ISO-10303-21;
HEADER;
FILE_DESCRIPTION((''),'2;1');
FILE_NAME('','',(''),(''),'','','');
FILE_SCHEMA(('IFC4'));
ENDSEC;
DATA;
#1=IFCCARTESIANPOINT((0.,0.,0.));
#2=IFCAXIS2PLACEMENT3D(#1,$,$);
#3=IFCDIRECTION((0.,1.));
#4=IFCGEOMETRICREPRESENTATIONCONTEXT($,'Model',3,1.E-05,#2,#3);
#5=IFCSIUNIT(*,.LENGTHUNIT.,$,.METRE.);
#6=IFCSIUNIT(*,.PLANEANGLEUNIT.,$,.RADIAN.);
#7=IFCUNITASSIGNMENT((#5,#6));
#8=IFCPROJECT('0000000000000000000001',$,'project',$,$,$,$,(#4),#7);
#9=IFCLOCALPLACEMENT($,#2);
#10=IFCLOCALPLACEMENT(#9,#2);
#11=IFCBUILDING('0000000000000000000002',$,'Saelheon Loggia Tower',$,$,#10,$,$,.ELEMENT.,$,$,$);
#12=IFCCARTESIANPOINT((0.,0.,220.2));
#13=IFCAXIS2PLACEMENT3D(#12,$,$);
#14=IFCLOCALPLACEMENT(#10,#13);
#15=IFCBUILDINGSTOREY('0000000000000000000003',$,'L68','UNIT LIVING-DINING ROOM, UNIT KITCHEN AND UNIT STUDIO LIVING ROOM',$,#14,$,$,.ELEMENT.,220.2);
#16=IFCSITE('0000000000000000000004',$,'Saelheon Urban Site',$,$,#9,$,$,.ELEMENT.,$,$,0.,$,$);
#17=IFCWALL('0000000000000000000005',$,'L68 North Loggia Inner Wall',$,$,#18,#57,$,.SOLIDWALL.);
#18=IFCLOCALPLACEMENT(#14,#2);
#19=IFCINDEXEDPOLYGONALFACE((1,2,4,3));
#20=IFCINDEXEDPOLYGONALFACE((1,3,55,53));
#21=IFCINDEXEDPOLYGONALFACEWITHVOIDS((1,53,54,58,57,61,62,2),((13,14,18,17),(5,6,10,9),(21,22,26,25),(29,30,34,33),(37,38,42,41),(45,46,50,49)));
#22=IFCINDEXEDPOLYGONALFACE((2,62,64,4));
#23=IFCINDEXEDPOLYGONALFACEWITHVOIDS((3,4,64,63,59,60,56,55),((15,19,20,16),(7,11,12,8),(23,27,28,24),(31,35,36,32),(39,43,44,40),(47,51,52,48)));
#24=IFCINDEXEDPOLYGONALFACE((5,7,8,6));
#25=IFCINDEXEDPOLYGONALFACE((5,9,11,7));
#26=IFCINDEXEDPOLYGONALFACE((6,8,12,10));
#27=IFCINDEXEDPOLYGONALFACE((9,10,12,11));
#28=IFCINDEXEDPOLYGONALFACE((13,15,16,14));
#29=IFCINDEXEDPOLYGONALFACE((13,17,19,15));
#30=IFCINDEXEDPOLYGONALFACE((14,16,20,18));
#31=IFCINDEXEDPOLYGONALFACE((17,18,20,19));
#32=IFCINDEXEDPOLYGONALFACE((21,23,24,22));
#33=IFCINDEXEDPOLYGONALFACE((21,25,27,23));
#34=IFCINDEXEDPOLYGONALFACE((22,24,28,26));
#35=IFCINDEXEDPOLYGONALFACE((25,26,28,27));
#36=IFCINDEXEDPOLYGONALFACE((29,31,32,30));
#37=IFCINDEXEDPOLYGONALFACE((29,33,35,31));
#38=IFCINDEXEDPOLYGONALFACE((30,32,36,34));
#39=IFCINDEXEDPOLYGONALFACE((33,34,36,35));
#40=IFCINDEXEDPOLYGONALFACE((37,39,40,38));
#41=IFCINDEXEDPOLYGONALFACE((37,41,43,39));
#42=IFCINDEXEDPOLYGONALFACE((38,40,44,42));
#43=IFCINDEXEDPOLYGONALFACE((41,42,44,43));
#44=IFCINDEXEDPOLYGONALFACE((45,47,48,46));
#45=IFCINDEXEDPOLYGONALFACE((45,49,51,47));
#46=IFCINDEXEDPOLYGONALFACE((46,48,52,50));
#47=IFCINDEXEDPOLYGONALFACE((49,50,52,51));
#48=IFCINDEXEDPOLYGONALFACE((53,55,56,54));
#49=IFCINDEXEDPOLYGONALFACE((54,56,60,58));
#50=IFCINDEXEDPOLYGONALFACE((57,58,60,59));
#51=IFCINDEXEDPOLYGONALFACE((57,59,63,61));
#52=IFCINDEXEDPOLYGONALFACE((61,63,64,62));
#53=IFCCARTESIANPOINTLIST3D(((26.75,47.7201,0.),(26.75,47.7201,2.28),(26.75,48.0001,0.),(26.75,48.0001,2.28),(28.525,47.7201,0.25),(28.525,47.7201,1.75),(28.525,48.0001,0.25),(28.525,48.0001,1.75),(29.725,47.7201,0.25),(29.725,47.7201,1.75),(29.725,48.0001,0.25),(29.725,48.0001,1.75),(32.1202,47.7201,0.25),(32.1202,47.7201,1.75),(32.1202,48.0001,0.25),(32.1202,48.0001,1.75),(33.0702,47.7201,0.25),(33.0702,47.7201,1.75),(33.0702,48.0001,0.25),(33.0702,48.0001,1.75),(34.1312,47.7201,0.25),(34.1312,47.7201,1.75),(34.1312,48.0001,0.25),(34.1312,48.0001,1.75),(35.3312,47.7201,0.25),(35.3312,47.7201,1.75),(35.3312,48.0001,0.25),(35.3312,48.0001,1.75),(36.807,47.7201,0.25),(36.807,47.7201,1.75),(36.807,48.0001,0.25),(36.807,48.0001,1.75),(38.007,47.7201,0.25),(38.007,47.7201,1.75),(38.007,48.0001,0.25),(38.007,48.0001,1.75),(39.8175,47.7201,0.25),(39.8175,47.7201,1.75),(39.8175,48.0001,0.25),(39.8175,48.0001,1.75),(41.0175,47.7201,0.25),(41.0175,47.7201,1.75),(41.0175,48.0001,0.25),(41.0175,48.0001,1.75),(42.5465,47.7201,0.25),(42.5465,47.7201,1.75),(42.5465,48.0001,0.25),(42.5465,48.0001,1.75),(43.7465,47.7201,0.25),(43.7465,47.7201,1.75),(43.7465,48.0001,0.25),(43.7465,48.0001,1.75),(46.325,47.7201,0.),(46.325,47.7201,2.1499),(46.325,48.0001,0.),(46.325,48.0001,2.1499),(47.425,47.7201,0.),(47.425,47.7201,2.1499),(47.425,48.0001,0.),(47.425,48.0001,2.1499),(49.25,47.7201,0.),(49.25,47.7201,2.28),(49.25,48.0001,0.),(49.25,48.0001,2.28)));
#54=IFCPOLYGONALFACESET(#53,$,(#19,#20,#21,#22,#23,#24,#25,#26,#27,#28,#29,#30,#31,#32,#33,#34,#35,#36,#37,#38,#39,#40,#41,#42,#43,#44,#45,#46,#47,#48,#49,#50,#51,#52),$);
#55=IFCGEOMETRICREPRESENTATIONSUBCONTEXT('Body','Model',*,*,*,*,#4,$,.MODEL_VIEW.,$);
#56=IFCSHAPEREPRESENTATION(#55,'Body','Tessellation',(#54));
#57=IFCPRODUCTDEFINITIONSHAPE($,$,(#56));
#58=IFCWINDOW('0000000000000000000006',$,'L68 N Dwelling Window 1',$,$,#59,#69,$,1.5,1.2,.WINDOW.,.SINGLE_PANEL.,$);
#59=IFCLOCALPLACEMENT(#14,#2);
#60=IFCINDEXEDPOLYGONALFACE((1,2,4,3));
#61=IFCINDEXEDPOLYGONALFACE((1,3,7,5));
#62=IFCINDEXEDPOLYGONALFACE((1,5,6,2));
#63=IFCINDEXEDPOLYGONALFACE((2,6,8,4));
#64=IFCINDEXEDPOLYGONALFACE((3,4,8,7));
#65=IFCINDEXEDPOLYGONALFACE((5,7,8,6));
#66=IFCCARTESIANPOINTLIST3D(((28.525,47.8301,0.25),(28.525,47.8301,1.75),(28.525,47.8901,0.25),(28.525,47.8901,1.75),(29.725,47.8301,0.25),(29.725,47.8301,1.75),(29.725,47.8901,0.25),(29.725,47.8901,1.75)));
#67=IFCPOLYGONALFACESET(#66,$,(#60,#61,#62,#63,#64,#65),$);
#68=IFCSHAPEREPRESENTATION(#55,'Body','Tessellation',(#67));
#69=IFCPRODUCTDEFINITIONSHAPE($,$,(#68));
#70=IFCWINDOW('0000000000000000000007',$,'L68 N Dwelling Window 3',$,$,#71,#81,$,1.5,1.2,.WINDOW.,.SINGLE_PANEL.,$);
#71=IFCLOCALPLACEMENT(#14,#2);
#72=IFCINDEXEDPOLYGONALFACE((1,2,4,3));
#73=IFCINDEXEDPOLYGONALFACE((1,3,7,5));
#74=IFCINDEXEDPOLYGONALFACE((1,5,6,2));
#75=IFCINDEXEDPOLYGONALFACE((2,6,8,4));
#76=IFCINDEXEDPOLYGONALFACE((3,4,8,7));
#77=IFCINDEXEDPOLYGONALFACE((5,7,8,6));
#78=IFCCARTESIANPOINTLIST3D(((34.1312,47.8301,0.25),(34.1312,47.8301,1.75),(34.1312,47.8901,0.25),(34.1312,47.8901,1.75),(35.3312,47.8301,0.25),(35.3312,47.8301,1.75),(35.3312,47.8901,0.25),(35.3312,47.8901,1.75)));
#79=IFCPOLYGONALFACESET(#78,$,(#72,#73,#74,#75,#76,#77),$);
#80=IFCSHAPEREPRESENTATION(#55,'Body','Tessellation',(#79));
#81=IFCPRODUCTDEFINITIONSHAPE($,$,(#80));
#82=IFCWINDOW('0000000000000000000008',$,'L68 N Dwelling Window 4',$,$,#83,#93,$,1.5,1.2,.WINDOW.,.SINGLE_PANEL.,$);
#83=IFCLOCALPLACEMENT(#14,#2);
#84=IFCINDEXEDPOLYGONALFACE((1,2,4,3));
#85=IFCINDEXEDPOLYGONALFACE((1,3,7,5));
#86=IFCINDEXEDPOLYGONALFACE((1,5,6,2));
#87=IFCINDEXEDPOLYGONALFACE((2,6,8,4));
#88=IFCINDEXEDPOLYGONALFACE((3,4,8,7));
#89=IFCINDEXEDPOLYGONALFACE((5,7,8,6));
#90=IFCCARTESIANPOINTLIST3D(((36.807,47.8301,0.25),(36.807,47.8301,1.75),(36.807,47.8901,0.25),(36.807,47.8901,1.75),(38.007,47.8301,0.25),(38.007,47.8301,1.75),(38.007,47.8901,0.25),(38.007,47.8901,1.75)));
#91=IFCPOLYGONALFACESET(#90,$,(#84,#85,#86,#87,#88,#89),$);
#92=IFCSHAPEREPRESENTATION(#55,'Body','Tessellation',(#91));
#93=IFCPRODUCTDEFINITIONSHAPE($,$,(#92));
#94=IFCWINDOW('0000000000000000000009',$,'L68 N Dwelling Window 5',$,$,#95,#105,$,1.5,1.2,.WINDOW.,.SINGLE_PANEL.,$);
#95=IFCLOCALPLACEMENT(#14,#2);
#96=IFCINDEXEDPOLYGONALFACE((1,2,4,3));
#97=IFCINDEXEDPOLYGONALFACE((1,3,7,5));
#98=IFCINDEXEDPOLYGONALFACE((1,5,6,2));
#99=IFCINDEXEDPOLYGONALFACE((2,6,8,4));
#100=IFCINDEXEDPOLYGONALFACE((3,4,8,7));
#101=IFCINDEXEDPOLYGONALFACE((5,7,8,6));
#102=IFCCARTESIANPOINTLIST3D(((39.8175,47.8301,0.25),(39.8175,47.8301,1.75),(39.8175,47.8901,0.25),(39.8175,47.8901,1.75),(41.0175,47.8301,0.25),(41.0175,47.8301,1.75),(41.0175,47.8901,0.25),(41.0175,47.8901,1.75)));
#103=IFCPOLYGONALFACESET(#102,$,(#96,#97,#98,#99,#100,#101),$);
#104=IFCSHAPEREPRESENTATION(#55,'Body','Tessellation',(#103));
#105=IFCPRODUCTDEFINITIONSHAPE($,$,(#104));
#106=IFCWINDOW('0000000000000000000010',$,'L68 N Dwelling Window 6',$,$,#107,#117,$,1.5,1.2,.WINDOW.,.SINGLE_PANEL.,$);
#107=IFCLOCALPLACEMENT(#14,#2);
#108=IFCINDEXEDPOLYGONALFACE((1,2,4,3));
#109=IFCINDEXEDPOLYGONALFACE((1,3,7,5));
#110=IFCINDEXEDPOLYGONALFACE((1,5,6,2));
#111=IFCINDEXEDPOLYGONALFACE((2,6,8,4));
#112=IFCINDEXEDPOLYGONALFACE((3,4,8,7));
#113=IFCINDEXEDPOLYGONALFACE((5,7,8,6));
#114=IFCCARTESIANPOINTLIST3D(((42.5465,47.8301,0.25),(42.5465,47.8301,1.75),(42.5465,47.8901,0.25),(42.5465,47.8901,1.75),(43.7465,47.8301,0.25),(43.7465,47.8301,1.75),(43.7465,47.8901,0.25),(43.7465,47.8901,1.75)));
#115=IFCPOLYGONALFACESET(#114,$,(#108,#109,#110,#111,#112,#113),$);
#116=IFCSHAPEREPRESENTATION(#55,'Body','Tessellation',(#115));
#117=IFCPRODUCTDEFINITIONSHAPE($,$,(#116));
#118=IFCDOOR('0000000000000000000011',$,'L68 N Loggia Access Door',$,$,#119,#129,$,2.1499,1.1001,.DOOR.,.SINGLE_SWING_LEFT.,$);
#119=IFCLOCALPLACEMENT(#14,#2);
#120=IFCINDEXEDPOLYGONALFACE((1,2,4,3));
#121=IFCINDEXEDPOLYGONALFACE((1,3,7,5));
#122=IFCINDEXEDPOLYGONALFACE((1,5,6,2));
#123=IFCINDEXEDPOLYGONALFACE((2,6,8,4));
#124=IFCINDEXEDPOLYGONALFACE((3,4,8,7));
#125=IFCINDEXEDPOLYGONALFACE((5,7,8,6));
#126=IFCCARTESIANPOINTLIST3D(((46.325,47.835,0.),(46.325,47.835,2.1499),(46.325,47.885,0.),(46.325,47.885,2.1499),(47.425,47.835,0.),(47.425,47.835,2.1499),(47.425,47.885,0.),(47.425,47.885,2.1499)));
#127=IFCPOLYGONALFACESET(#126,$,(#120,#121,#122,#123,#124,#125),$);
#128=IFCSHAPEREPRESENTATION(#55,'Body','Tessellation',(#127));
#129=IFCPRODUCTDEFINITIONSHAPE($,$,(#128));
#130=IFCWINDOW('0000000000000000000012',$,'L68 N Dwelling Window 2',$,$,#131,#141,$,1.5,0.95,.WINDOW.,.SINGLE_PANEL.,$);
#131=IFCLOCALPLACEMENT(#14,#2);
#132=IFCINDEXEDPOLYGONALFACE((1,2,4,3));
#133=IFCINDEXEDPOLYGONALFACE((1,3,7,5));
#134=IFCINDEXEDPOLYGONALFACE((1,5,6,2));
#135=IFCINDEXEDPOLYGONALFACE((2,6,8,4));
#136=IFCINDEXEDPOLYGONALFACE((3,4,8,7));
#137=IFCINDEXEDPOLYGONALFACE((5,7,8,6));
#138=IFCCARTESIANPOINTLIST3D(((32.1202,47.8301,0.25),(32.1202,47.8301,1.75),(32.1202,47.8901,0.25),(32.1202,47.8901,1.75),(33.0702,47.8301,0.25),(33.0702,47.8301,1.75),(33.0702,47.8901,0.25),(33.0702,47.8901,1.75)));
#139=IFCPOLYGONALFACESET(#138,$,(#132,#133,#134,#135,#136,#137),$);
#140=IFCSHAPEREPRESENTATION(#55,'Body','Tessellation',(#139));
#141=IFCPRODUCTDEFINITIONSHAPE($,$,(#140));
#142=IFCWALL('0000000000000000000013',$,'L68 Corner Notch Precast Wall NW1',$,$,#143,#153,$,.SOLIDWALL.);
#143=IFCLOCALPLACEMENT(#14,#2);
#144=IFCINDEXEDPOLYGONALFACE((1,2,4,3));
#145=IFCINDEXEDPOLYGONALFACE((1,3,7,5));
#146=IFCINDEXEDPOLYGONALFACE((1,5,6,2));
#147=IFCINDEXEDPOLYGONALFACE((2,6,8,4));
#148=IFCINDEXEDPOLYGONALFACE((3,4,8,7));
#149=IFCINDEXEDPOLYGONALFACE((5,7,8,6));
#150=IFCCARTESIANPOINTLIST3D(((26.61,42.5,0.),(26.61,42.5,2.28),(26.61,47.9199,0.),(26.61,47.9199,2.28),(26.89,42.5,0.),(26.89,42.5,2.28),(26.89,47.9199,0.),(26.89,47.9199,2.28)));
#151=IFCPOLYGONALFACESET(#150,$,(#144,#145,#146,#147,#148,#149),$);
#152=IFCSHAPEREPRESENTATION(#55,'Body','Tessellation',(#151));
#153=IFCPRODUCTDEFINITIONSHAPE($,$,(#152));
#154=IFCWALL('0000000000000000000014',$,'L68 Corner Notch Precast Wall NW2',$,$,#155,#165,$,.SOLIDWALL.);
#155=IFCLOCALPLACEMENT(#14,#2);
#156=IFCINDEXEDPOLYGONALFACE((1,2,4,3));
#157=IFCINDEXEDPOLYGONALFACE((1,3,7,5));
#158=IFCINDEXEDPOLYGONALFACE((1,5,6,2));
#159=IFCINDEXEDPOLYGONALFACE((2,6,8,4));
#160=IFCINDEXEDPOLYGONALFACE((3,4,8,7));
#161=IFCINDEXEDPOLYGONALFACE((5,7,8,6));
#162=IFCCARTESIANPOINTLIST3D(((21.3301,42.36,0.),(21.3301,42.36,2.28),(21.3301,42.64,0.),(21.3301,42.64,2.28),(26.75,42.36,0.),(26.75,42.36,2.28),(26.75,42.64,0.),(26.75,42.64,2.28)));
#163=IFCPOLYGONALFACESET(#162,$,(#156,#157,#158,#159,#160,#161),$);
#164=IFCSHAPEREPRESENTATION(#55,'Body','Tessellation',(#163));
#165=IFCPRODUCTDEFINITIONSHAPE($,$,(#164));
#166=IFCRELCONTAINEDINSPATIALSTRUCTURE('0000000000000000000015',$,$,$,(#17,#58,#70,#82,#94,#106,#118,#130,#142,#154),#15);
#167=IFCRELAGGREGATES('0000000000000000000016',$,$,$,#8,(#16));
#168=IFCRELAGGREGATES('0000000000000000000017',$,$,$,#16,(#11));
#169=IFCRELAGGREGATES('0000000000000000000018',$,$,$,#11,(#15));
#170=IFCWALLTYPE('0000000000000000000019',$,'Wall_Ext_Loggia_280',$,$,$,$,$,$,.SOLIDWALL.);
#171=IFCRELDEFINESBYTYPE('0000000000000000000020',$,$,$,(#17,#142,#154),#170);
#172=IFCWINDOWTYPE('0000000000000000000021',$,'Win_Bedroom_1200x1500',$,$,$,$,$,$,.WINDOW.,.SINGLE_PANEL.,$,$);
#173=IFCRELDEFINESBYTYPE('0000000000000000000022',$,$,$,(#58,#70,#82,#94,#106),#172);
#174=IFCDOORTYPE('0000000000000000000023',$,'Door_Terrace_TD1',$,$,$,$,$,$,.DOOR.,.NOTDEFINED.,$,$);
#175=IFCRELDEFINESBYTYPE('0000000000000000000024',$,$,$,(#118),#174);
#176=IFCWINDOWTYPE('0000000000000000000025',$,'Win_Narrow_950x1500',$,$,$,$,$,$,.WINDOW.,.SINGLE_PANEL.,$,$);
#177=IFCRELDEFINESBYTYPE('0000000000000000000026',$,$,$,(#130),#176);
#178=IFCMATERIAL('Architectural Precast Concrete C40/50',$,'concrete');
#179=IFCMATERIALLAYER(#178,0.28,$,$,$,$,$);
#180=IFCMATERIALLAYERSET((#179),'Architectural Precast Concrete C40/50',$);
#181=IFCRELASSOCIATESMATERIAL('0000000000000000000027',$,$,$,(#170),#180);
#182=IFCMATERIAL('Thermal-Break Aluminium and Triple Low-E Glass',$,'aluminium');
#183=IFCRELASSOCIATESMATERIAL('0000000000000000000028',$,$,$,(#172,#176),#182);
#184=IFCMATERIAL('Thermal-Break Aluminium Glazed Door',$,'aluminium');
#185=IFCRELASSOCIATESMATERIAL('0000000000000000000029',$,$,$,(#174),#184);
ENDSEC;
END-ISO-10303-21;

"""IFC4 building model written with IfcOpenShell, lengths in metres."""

from ifc_helpers import new_model, si_unit, direction, frame, frame_2d, origin, place, context, subcontext, project, spatial, rectangle, extrude, source, transform, mapped, material, layer, layer_set, type_object, element, fill, save


model = new_model("IFC4")

# Units and contexts
model_context = context("Model", 3, precision=1e-05, world=origin(), true_north=direction((0.0, 1.0)))
body_context = subcontext(model_context, "Body", "Model", "MODEL_VIEW")
ifc_project = project(units=[si_unit("LENGTHUNIT", "METRE"), si_unit("PLANEANGLEUNIT", "RADIAN")], contexts=[model_context])

# Site, building, storey
site_placement = place(None, origin())
site = spatial("IfcSite", under=ifc_project, at=site_placement, Name="Saelheon Urban Site", CompositionType="ELEMENT", RefElevation=0.0)
building_placement = place(site_placement, origin())
building = spatial("IfcBuilding", under=site, at=building_placement, Name="Saelheon Loggia Tower", CompositionType="ELEMENT")
storey_placement = place(building_placement, frame((0.0, 0.0, 220.2)))
storey = spatial("IfcBuildingStorey", under=building, at=storey_placement, Name="L68", Description="UNIT LIVING-DINING ROOM, UNIT KITCHEN AND UNIT STUDIO LIVING ROOM", CompositionType="ELEMENT", Elevation=220.2)

# Wall, openings, windows, door
ifc_material_1 = material(Name="Architectural Precast Concrete C40/50", Category="concrete")
ifc_layer_1 = layer(ifc_material_1, 0.28)
ifc_layer_set_1 = layer_set([ifc_layer_1], Name="Architectural Precast Concrete C40/50")
wall_type_1 = type_object("IfcWallType", Name="Wall_Ext_Loggia_280", PredefinedType="SOLIDWALL", material=ifc_layer_set_1)
wall_1_placement = place(storey_placement, frame((26.75, 47.8601, 0.0), z_axis=(0.0, 0.0, 1.0), x_axis=(1.0, 0.0, 0.0)))
wall_1 = element("IfcWall", 1, at=wall_1_placement, inside=storey, type_object=wall_type_1, Name="L68 North Loggia Inner Wall", PredefinedType="SOLIDWALL", context=body_context, shape_type="SweptSolid", body=[
    extrude(rectangle(XDim=22.5, YDim=0.28, at=frame_2d((11.25, 0.0))), origin(), (0.0, 0.0, 1.0), 2.28),
])
opening_1_placement = place(wall_1_placement, frame((1.7749, 0.0, 0.25)))
opening_1 = element("IfcOpeningElement", 2, at=opening_1_placement, cuts=wall_1, PredefinedType="OPENING", context=body_context, shape_type="SweptSolid", body=[
    extrude(rectangle(XDim=1.2, YDim=1.5, at=frame_2d((0.6001, 0.75))), frame((0.0, 0.1521, 0.0), z_axis=(0.0, -1.0, 0.0), x_axis=(1.0, 0.0, 0.0)), (0.0, 0.0, 1.0), 0.304),
])
opening_2_placement = place(wall_1_placement, frame((5.3701, 0.0, 0.25)))
opening_2 = element("IfcOpeningElement", 3, at=opening_2_placement, cuts=wall_1, PredefinedType="OPENING", context=body_context, shape_type="SweptSolid", body=[
    extrude(rectangle(XDim=0.95, YDim=1.5, at=frame_2d((0.4751, 0.75))), frame((0.0, 0.1521, 0.0), z_axis=(0.0, -1.0, 0.0), x_axis=(1.0, 0.0, 0.0)), (0.0, 0.0, 1.0), 0.304),
])
opening_3_placement = place(wall_1_placement, frame((7.3811, 0.0, 0.25)))
opening_3 = element("IfcOpeningElement", 4, at=opening_3_placement, cuts=wall_1, PredefinedType="OPENING", context=body_context, shape_type="SweptSolid", body=[
    extrude(rectangle(XDim=1.2, YDim=1.5, at=frame_2d((0.6001, 0.75))), frame((0.0, 0.1521, 0.0), z_axis=(0.0, -1.0, 0.0), x_axis=(1.0, 0.0, 0.0)), (0.0, 0.0, 1.0), 0.304),
])
opening_4_placement = place(wall_1_placement, frame((10.0569, 0.0, 0.25)))
opening_4 = element("IfcOpeningElement", 5, at=opening_4_placement, cuts=wall_1, PredefinedType="OPENING", context=body_context, shape_type="SweptSolid", body=[
    extrude(rectangle(XDim=1.2, YDim=1.5, at=frame_2d((0.6001, 0.75))), frame((0.0, 0.1521, 0.0), z_axis=(0.0, -1.0, 0.0), x_axis=(1.0, 0.0, 0.0)), (0.0, 0.0, 1.0), 0.304),
])
opening_5_placement = place(wall_1_placement, frame((13.0674, 0.0, 0.25)))
opening_5 = element("IfcOpeningElement", 6, at=opening_5_placement, cuts=wall_1, PredefinedType="OPENING", context=body_context, shape_type="SweptSolid", body=[
    extrude(rectangle(XDim=1.2, YDim=1.5, at=frame_2d((0.6001, 0.75))), frame((0.0, 0.1521, 0.0), z_axis=(0.0, -1.0, 0.0), x_axis=(1.0, 0.0, 0.0)), (0.0, 0.0, 1.0), 0.304),
])
opening_6_placement = place(wall_1_placement, frame((15.7964, 0.0, 0.25)))
opening_6 = element("IfcOpeningElement", 7, at=opening_6_placement, cuts=wall_1, PredefinedType="OPENING", context=body_context, shape_type="SweptSolid", body=[
    extrude(rectangle(XDim=1.2, YDim=1.5, at=frame_2d((0.6001, 0.75))), frame((0.0, 0.1521, 0.0), z_axis=(0.0, -1.0, 0.0), x_axis=(1.0, 0.0, 0.0)), (0.0, 0.0, 1.0), 0.304),
])
opening_7_placement = place(wall_1_placement, frame((19.575, 0.0, 0.0)))
opening_7 = element("IfcOpeningElement", 8, at=opening_7_placement, cuts=wall_1, PredefinedType="OPENING", context=body_context, shape_type="SweptSolid", body=[
    extrude(rectangle(XDim=1.1001, YDim=2.1499, at=frame_2d((0.55, 1.075))), frame((0.0, 0.1521, 0.0), z_axis=(0.0, -1.0, 0.0), x_axis=(1.0, 0.0, 0.0)), (0.0, 0.0, 1.0), 0.304),
])
ifc_material_2 = material(Name="Thermal-Break Aluminium and Triple Low-E Glass", Category="aluminium")
window_type_1 = type_object("IfcWindowType", Name="Win_Bedroom_1200x1500", PartitioningType="SINGLE_PANEL", PredefinedType="WINDOW", material=ifc_material_2)
shared_shape_1 = source(origin(), body_context, "Body", "SweptSolid", [
    extrude(rectangle(XDim=1.2, YDim=1.5, at=frame_2d((0.6001, 0.75))), frame((0.0, 0.03, 0.0), z_axis=(0.0, -1.0, 0.0), x_axis=(1.0, 0.0, 0.0)), (0.0, 0.0, 1.0), 0.0601),
])
window_1_placement = place(opening_1_placement, origin())
window_1 = element("IfcWindow", 9, at=window_1_placement, inside=storey, type_object=window_type_1, Name="L68 N Dwelling Window 1", OverallHeight=1.5, OverallWidth=1.2, PartitioningType="SINGLE_PANEL", PredefinedType="WINDOW", context=body_context, shape_type="MappedRepresentation", body=[
    mapped(shared_shape_1, transform((0.0, 0.0, 0.0), scale=1.0)),
])
fill(opening_1, window_1)
window_2_placement = place(opening_3_placement, origin())
window_2 = element("IfcWindow", 10, at=window_2_placement, inside=storey, type_object=window_type_1, Name="L68 N Dwelling Window 3", OverallHeight=1.5, OverallWidth=1.2, PartitioningType="SINGLE_PANEL", PredefinedType="WINDOW", context=body_context, shape_type="MappedRepresentation", body=[
    mapped(shared_shape_1, transform((0.0, 0.0, 0.0), scale=1.0)),
])
fill(opening_3, window_2)
window_3_placement = place(opening_4_placement, origin())
window_3 = element("IfcWindow", 11, at=window_3_placement, inside=storey, type_object=window_type_1, Name="L68 N Dwelling Window 4", OverallHeight=1.5, OverallWidth=1.2, PartitioningType="SINGLE_PANEL", PredefinedType="WINDOW", context=body_context, shape_type="MappedRepresentation", body=[
    mapped(shared_shape_1, transform((0.0, 0.0, 0.0), scale=1.0)),
])
fill(opening_4, window_3)
window_4_placement = place(opening_5_placement, origin())
window_4 = element("IfcWindow", 12, at=window_4_placement, inside=storey, type_object=window_type_1, Name="L68 N Dwelling Window 5", OverallHeight=1.5, OverallWidth=1.2, PartitioningType="SINGLE_PANEL", PredefinedType="WINDOW", context=body_context, shape_type="MappedRepresentation", body=[
    mapped(shared_shape_1, transform((0.0, 0.0, 0.0), scale=1.0)),
])
fill(opening_5, window_4)
window_5_placement = place(opening_6_placement, origin())
window_5 = element("IfcWindow", 13, at=window_5_placement, inside=storey, type_object=window_type_1, Name="L68 N Dwelling Window 6", OverallHeight=1.5, OverallWidth=1.2, PartitioningType="SINGLE_PANEL", PredefinedType="WINDOW", context=body_context, shape_type="MappedRepresentation", body=[
    mapped(shared_shape_1, transform((0.0, 0.0, 0.0), scale=1.0)),
])
fill(opening_6, window_5)
ifc_material_3 = material(Name="Thermal-Break Aluminium Glazed Door", Category="aluminium")
door_type_1 = type_object("IfcDoorType", Name="Door_Terrace_TD1", OperationType="NOTDEFINED", PredefinedType="DOOR", material=ifc_material_3)
shared_shape_2 = source(origin(), body_context, "Body", "SweptSolid", [
    extrude(rectangle(XDim=1.1001, YDim=2.1499, at=frame_2d((0.55, 1.075))), frame((0.0, 0.0249, 0.0), z_axis=(0.0, -1.0, 0.0), x_axis=(1.0, 0.0, 0.0)), (0.0, 0.0, 1.0), 0.05),
])
door_1_placement = place(opening_7_placement, origin())
door_1 = element("IfcDoor", 14, at=door_1_placement, inside=storey, type_object=door_type_1, Name="L68 N Loggia Access Door", OperationType="SINGLE_SWING_LEFT", OverallHeight=2.1499, OverallWidth=1.1001, PredefinedType="DOOR", context=body_context, shape_type="MappedRepresentation", body=[
    mapped(shared_shape_2, transform((0.0, 0.0, 0.0), scale=1.0)),
])
fill(opening_7, door_1)
window_type_2 = type_object("IfcWindowType", Name="Win_Narrow_950x1500", PartitioningType="SINGLE_PANEL", PredefinedType="WINDOW", material=ifc_material_2)
shared_shape_3 = source(origin(), body_context, "Body", "SweptSolid", [
    extrude(rectangle(XDim=0.95, YDim=1.5, at=frame_2d((0.4751, 0.75))), frame((0.0, 0.03, 0.0), z_axis=(0.0, -1.0, 0.0), x_axis=(1.0, 0.0, 0.0)), (0.0, 0.0, 1.0), 0.0601),
])
window_6_placement = place(opening_2_placement, origin())
window_6 = element("IfcWindow", 15, at=window_6_placement, inside=storey, type_object=window_type_2, Name="L68 N Dwelling Window 2", OverallHeight=1.5, OverallWidth=0.95, PartitioningType="SINGLE_PANEL", PredefinedType="WINDOW", context=body_context, shape_type="MappedRepresentation", body=[
    mapped(shared_shape_3, transform((0.0, 0.0, 0.0), scale=1.0)),
])
fill(opening_2, window_6)

# Walls
for number, where, z_axis, x_axis, name in (
    (16, (26.75, 42.5, 0.0), (0.0, 0.0, 1.0), (0.0, 1.0, 0.0), "L68 Corner Notch Precast Wall NW1"),
    (17, (21.3301, 42.5, 0.0), (0.0, 0.0, 1.0), (1.0, 0.0, 0.0), "L68 Corner Notch Precast Wall NW2"),
):
    element("IfcWall", number, at=place(storey_placement, frame(where, z_axis=z_axis, x_axis=x_axis)), inside=storey, type_object=wall_type_1, Name=name, PredefinedType="SOLIDWALL", context=body_context, shape_type="SweptSolid", body=[
        extrude(rectangle(XDim=5.4199, YDim=0.28, at=frame_2d((2.71, 0.0))), origin(), (0.0, 0.0, 1.0), 2.28),
    ])

save(model, "model.ifc")
